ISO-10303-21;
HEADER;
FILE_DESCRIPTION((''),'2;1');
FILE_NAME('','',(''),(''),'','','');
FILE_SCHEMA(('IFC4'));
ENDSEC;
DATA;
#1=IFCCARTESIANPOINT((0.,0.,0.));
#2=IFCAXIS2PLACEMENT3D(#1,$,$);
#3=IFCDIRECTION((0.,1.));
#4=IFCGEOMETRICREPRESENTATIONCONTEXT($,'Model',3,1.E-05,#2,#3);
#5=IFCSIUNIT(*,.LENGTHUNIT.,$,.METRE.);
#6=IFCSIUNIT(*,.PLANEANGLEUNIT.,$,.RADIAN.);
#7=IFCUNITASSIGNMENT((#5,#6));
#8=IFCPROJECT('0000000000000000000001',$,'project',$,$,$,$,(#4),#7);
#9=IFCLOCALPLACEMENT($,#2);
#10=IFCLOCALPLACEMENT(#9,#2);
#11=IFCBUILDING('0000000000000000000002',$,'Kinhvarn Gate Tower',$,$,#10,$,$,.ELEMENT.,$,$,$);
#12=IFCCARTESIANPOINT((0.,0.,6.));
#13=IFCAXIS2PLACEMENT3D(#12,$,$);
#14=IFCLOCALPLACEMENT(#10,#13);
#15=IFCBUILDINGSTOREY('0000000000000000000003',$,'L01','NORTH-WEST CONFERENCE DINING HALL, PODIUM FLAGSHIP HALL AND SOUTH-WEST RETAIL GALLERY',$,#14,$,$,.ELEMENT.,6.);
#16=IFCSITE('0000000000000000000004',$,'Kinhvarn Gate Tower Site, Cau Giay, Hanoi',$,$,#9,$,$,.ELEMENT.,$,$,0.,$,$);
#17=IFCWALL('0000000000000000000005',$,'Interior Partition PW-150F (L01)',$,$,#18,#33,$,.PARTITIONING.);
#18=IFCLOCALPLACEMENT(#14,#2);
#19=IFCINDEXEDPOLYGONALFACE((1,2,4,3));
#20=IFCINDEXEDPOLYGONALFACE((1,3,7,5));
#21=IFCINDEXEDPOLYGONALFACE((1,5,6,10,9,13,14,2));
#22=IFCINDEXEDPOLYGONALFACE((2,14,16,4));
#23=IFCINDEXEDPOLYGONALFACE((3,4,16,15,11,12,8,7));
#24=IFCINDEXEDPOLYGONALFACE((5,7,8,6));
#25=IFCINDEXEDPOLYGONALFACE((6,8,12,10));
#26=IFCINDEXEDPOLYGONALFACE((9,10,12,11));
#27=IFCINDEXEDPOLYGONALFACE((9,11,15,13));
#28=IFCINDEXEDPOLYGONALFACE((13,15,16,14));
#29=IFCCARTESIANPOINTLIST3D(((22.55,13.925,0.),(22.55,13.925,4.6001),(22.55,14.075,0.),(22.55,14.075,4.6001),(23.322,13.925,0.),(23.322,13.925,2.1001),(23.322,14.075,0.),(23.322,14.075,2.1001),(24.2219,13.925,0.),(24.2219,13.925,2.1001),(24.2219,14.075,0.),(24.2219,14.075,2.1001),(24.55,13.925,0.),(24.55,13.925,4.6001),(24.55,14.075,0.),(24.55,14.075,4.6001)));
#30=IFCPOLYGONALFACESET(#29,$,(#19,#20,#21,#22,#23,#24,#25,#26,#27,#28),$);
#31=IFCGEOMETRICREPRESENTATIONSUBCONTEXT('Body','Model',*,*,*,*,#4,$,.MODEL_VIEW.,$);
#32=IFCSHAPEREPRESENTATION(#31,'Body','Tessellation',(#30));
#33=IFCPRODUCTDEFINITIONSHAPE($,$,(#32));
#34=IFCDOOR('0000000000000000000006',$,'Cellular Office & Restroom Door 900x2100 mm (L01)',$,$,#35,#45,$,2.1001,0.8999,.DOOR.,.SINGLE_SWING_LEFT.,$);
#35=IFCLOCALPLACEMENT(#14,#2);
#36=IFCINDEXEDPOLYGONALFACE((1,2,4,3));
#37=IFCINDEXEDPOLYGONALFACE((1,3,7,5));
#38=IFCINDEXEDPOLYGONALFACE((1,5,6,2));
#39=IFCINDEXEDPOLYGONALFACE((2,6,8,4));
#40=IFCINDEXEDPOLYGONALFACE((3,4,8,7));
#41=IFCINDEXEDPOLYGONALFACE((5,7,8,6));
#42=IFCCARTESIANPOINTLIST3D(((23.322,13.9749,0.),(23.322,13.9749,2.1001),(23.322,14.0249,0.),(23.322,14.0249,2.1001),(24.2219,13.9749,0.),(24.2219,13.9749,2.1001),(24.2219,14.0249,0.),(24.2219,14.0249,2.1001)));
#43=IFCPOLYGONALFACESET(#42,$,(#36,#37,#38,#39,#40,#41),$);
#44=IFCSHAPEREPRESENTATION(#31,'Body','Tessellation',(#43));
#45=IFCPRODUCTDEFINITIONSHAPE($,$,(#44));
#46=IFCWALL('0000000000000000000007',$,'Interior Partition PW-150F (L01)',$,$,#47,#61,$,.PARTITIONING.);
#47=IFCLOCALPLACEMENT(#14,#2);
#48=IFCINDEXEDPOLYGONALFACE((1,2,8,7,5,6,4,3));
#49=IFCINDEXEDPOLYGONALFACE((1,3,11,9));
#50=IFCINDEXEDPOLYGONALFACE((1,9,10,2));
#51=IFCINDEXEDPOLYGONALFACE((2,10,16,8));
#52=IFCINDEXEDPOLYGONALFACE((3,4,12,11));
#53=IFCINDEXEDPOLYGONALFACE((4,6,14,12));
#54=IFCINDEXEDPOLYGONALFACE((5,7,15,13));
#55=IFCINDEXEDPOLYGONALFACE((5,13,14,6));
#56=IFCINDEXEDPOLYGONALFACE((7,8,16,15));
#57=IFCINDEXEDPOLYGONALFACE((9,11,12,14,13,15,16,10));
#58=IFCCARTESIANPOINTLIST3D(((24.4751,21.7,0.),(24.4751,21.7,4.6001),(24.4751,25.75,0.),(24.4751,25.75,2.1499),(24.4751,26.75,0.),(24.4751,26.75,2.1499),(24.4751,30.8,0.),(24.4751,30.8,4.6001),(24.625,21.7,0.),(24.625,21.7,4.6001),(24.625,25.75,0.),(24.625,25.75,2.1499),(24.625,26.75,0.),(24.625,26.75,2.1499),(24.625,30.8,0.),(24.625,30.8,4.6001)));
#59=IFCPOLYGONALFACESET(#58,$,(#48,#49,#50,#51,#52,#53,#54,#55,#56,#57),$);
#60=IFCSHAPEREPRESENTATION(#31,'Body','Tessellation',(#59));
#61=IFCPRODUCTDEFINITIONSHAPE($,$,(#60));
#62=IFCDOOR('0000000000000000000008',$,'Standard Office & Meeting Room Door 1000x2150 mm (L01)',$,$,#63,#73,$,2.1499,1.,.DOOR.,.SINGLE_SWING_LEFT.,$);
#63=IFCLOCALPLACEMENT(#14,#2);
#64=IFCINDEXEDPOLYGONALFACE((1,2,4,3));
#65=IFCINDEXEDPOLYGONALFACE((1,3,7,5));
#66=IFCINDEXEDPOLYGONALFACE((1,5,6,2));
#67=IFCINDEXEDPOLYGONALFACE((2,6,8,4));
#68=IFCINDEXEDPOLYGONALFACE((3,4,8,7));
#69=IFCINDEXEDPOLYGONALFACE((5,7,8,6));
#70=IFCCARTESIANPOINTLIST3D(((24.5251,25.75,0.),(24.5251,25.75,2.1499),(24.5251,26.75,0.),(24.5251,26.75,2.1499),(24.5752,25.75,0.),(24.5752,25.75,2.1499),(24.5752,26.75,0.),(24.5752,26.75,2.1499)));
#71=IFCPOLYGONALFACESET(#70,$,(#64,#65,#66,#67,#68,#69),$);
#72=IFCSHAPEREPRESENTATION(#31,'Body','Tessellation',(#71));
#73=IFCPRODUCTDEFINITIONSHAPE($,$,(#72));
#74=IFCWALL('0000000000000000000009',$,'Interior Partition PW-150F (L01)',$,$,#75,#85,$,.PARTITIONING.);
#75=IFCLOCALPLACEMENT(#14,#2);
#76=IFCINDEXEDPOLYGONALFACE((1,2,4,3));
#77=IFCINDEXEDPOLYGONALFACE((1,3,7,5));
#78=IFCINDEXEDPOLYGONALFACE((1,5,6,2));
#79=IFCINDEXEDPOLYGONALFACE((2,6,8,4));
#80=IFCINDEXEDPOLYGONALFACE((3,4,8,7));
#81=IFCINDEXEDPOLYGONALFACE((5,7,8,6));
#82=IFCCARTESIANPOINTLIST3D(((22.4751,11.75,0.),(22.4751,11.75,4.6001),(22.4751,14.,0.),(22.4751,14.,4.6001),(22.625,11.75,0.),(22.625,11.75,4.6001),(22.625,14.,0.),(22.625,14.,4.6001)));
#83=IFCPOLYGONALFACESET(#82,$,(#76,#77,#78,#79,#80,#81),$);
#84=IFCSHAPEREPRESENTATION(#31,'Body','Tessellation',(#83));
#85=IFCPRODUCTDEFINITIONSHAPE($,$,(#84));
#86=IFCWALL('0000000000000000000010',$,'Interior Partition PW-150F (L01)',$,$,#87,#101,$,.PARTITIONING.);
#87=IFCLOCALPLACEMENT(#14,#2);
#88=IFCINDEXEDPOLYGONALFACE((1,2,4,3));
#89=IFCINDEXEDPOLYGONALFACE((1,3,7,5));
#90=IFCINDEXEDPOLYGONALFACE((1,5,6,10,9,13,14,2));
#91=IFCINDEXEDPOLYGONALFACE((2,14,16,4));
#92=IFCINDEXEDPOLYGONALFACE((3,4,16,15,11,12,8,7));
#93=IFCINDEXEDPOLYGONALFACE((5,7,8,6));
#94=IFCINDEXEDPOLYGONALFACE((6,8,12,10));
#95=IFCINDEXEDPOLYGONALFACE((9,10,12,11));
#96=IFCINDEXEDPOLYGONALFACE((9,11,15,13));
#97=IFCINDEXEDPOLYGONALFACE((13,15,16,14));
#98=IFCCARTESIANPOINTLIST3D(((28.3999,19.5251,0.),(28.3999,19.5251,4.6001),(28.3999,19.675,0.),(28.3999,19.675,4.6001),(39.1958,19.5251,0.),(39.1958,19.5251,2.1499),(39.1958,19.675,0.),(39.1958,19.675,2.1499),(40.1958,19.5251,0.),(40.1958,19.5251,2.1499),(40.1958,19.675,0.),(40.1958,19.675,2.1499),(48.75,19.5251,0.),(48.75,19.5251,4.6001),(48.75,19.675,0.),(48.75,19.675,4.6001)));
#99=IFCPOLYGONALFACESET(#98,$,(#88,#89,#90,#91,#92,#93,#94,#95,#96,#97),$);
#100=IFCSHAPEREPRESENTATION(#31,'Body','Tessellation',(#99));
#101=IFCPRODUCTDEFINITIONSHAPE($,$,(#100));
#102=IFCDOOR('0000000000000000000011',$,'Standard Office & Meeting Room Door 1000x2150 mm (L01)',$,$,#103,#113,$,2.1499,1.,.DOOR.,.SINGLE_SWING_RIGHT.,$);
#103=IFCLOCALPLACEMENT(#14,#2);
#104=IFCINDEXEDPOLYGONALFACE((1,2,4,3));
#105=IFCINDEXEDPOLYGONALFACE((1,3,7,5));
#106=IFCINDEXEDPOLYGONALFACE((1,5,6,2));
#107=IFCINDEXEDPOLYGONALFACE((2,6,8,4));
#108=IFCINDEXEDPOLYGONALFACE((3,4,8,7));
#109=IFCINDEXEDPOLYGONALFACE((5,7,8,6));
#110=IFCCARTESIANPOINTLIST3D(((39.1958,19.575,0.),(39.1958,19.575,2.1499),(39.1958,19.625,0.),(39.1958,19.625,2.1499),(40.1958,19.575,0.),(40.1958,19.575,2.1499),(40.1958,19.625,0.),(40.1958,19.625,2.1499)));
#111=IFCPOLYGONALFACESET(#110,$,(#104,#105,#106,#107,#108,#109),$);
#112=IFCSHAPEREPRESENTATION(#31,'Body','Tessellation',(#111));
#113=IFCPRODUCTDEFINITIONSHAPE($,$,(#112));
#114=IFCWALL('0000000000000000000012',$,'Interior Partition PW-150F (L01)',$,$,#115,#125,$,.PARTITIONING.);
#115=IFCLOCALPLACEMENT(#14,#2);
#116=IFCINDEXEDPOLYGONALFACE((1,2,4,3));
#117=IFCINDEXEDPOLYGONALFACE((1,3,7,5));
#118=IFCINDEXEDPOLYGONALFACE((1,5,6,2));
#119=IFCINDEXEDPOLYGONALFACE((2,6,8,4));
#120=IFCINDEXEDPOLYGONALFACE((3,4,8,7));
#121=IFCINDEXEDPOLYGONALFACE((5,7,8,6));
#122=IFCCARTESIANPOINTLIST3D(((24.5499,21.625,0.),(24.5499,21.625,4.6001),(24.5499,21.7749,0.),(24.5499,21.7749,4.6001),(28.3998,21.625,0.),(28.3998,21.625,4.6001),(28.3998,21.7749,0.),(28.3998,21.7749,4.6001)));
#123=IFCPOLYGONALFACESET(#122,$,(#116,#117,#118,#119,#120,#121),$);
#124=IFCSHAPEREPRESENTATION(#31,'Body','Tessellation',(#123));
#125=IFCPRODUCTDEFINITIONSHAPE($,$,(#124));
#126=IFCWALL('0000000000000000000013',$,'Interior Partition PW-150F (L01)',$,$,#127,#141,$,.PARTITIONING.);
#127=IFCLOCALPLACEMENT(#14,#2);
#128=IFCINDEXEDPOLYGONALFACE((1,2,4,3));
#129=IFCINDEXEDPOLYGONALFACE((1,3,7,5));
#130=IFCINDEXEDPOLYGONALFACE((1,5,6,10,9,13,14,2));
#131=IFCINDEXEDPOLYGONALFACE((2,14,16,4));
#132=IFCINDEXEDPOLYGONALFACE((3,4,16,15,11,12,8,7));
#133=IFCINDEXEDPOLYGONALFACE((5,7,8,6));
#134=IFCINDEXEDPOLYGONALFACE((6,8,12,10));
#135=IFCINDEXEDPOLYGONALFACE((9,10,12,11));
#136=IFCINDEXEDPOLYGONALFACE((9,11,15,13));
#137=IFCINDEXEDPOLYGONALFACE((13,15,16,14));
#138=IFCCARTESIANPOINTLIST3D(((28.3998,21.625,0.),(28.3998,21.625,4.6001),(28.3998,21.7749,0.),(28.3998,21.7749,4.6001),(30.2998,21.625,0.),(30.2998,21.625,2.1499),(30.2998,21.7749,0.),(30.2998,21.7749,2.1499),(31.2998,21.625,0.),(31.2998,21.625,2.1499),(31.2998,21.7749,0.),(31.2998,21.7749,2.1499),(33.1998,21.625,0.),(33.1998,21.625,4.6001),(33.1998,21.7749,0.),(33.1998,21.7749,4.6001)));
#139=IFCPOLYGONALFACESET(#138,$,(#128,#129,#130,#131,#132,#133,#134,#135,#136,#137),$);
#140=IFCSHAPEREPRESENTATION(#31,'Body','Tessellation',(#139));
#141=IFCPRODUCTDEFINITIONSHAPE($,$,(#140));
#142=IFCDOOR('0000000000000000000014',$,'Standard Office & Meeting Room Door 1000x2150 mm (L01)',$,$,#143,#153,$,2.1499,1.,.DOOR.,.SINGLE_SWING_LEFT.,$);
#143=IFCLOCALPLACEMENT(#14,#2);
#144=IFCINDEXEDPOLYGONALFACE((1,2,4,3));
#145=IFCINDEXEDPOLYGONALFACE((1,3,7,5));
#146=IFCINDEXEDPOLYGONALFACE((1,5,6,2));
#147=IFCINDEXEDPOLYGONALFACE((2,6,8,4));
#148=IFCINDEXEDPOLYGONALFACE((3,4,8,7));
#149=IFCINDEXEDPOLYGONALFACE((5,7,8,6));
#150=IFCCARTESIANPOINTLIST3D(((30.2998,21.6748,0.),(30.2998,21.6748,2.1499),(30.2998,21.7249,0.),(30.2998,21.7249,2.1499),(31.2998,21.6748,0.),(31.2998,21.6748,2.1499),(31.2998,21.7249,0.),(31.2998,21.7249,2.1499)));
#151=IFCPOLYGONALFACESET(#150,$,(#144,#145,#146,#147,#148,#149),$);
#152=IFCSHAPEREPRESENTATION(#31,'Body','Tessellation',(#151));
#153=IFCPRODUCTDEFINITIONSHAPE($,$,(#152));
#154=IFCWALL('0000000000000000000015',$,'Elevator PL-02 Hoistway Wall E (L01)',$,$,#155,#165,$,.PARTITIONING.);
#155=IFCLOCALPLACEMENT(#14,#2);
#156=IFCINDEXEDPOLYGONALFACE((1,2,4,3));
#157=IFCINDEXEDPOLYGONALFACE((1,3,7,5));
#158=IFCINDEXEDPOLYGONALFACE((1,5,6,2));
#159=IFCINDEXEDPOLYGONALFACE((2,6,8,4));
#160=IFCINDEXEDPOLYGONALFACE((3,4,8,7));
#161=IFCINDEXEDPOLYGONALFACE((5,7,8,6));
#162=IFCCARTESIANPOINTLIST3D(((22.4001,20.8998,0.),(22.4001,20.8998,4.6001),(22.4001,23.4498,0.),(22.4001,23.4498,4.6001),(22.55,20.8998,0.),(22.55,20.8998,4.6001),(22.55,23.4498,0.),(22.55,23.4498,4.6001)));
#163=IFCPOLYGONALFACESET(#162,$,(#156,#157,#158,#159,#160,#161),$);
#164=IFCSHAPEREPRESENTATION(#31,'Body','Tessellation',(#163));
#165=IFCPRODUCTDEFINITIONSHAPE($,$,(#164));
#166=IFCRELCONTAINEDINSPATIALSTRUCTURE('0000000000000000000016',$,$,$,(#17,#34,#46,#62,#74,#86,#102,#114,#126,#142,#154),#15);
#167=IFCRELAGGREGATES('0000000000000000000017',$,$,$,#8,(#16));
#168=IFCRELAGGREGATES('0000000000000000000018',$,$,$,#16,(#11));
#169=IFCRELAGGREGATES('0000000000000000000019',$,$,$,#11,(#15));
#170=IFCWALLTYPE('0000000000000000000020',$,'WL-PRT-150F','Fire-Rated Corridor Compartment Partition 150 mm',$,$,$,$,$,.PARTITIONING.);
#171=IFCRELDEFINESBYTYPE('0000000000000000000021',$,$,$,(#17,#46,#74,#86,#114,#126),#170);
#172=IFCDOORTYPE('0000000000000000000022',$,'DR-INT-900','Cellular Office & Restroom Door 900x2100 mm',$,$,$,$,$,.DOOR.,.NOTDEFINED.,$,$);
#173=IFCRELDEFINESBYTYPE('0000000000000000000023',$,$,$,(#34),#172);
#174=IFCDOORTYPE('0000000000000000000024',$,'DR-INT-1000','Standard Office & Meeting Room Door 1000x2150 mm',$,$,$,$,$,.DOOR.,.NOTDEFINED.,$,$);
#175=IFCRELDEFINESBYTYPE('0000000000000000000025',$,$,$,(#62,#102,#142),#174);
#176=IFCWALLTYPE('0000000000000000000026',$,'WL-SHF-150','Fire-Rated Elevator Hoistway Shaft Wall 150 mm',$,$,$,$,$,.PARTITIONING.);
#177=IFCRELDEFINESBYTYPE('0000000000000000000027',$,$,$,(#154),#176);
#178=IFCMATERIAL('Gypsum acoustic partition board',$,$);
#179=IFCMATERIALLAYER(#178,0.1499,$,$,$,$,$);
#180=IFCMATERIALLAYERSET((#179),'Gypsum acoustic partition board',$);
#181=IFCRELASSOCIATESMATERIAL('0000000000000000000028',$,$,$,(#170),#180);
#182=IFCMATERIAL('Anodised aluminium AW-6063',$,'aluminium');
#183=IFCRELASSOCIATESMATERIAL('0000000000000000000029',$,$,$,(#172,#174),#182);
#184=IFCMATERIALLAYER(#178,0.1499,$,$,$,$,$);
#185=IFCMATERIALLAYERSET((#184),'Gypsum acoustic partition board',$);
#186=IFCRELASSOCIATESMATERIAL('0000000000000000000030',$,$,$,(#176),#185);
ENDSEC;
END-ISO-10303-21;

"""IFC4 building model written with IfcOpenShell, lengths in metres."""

from ifc_helpers import new_model, si_unit, direction, frame, frame_2d, origin, place, context, subcontext, project, spatial, rectangle, extrude, material, layer, layer_set, type_object, element, fill, save


model = new_model("IFC4")

# Units and contexts
model_context = context("Model", 3, precision=1e-05, world=origin(), true_north=direction((0.0, 1.0)))
body_context = subcontext(model_context, "Body", "Model", "MODEL_VIEW")
ifc_project = project(units=[si_unit("LENGTHUNIT", "METRE"), si_unit("PLANEANGLEUNIT", "RADIAN")], contexts=[model_context])

# Site, building, storey
site_placement = place(None, origin())
site = spatial("IfcSite", under=ifc_project, at=site_placement, Name="Kinhvarn Gate Tower Site, Cau Giay, Hanoi", CompositionType="ELEMENT", RefElevation=0.0)
building_placement = place(site_placement, origin())
building = spatial("IfcBuilding", under=site, at=building_placement, Name="Kinhvarn Gate Tower", CompositionType="ELEMENT")
storey_placement = place(building_placement, frame((0.0, 0.0, 6.0)))
storey = spatial("IfcBuildingStorey", under=building, at=storey_placement, Name="L01", Description="NORTH-WEST CONFERENCE DINING HALL, PODIUM FLAGSHIP HALL AND SOUTH-WEST RETAIL GALLERY", CompositionType="ELEMENT", Elevation=6.0)

# Shared definitions
ifc_material_1 = material(Name="Anodised aluminium AW-6063", Category="aluminium")

# Shared definitions
ifc_material_2 = material(Name="Gypsum acoustic partition board")

# Walls, openings, doors
ifc_layer_1 = layer(ifc_material_2, 0.1499)
ifc_layer_set_1 = layer_set([ifc_layer_1], Name="Gypsum acoustic partition board")
wall_type_1 = type_object("IfcWallType", Name="WL-PRT-150F", Description="Fire-Rated Corridor Compartment Partition 150 mm", PredefinedType="PARTITIONING", material=ifc_layer_set_1)
wall_1_placement = place(storey_placement, frame((22.55, 14.0, 0.0), z_axis=(0.0, 0.0, 1.0), x_axis=(1.0, 0.0, 0.0)))
wall_1 = element("IfcWall", 1, at=wall_1_placement, inside=storey, type_object=wall_type_1, Name="Interior Partition PW-150F (L01)", PredefinedType="PARTITIONING", context=body_context, shape_type="SweptSolid", body=[
    extrude(rectangle(XDim=2.0, YDim=0.1499, at=frame_2d((1.0, 0.0))), origin(), (0.0, 0.0, 1.0), 4.6001),
])
opening_1_placement = place(wall_1_placement, frame((0.772, 0.0, 0.0)))
opening_1 = element("IfcOpeningElement", 2, at=opening_1_placement, cuts=wall_1, PredefinedType="OPENING", context=body_context, shape_type="SweptSolid", body=[
    extrude(rectangle(XDim=0.8999, YDim=2.1001, at=frame_2d((0.45, 1.05))), frame((0.0, 0.085, 0.0), z_axis=(0.0, -1.0, 0.0), x_axis=(1.0, 0.0, 0.0)), (0.0, 0.0, 1.0), 0.1699),
])
door_type_1 = type_object("IfcDoorType", Name="DR-INT-900", Description="Cellular Office & Restroom Door 900x2100 mm", OperationType="NOTDEFINED", PredefinedType="DOOR", material=ifc_material_1)
door_1_placement = place(opening_1_placement, origin())
door_1 = element("IfcDoor", 3, at=door_1_placement, inside=storey, type_object=door_type_1, Name="Cellular Office & Restroom Door 900x2100 mm (L01)", OperationType="SINGLE_SWING_LEFT", OverallHeight=2.1001, OverallWidth=0.8999, PredefinedType="DOOR", context=body_context, shape_type="SweptSolid", body=[
    extrude(rectangle(XDim=0.8999, YDim=2.1001, at=frame_2d((0.45, 1.05))), frame((0.0, 0.0249, 0.0), z_axis=(0.0, -1.0, 0.0), x_axis=(1.0, 0.0, 0.0)), (0.0, 0.0, 1.0), 0.05),
])
fill(opening_1, door_1)
wall_2_placement = place(storey_placement, frame((24.55, 21.7, 0.0), z_axis=(0.0, 0.0, 1.0), x_axis=(0.0, 1.0, 0.0)))
wall_2 = element("IfcWall", 4, at=wall_2_placement, inside=storey, type_object=wall_type_1, Name="Interior Partition PW-150F (L01)", PredefinedType="PARTITIONING", context=body_context, shape_type="SweptSolid", body=[
    extrude(rectangle(XDim=9.1001, YDim=0.1499, at=frame_2d((4.55, 0.0))), origin(), (0.0, 0.0, 1.0), 4.6001),
])
opening_2_placement = place(wall_2_placement, frame((4.05, 0.0, 0.0)))
opening_2 = element("IfcOpeningElement", 5, at=opening_2_placement, cuts=wall_2, PredefinedType="OPENING", context=body_context, shape_type="SweptSolid", body=[
    extrude(rectangle(XDim=1.0, YDim=2.1499, at=frame_2d((0.5, 1.075))), frame((0.0, 0.085, 0.0), z_axis=(0.0, -1.0, 0.0), x_axis=(1.0, 0.0, 0.0)), (0.0, 0.0, 1.0), 0.1699),
])
door_type_2 = type_object("IfcDoorType", Name="DR-INT-1000", Description="Standard Office & Meeting Room Door 1000x2150 mm", OperationType="NOTDEFINED", PredefinedType="DOOR", material=ifc_material_1)
door_2_placement = place(opening_2_placement, origin())
door_2 = element("IfcDoor", 6, at=door_2_placement, inside=storey, type_object=door_type_2, Name="Standard Office & Meeting Room Door 1000x2150 mm (L01)", OperationType="SINGLE_SWING_LEFT", OverallHeight=2.1499, OverallWidth=1.0, PredefinedType="DOOR", context=body_context, shape_type="SweptSolid", body=[
    extrude(rectangle(XDim=1.0, YDim=2.1499, at=frame_2d((0.5, 1.075))), frame((0.0, 0.0249, 0.0), z_axis=(0.0, -1.0, 0.0), x_axis=(1.0, 0.0, 0.0)), (0.0, 0.0, 1.0), 0.05),
])
fill(opening_2, door_2)

# Wall
wall_3_placement = place(storey_placement, frame((22.55, 11.75, 0.0), z_axis=(0.0, 0.0, 1.0), x_axis=(0.0, 1.0, 0.0)))
element("IfcWall", 7, at=wall_3_placement, inside=storey, type_object=wall_type_1, Name="Interior Partition PW-150F (L01)", PredefinedType="PARTITIONING", context=body_context, shape_type="SweptSolid", body=[
    extrude(rectangle(XDim=2.25, YDim=0.1499, at=frame_2d((1.125, 0.0))), origin(), (0.0, 0.0, 1.0), 4.6001),
])

# Wall, opening, door
wall_4_placement = place(storey_placement, frame((28.3999, 19.6001, 0.0), z_axis=(0.0, 0.0, 1.0), x_axis=(1.0, 0.0, 0.0)))
wall_4 = element("IfcWall", 8, at=wall_4_placement, inside=storey, type_object=wall_type_1, Name="Interior Partition PW-150F (L01)", PredefinedType="PARTITIONING", context=body_context, shape_type="SweptSolid", body=[
    extrude(rectangle(XDim=20.3501, YDim=0.1499, at=frame_2d((10.175, 0.0))), origin(), (0.0, 0.0, 1.0), 4.6001),
])
opening_3_placement = place(wall_4_placement, frame((10.7959, 0.0, 0.0)))
opening_3 = element("IfcOpeningElement", 9, at=opening_3_placement, cuts=wall_4, PredefinedType="OPENING", context=body_context, shape_type="SweptSolid", body=[
    extrude(rectangle(XDim=1.0, YDim=2.1499, at=frame_2d((0.5, 1.075))), frame((0.0, 0.085, 0.0), z_axis=(0.0, -1.0, 0.0), x_axis=(1.0, 0.0, 0.0)), (0.0, 0.0, 1.0), 0.1699),
])
door_3_placement = place(opening_3_placement, origin())
door_3 = element("IfcDoor", 10, at=door_3_placement, inside=storey, type_object=door_type_2, Name="Standard Office & Meeting Room Door 1000x2150 mm (L01)", OperationType="SINGLE_SWING_RIGHT", OverallHeight=2.1499, OverallWidth=1.0, PredefinedType="DOOR", context=body_context, shape_type="SweptSolid", body=[
    extrude(rectangle(XDim=1.0, YDim=2.1499, at=frame_2d((0.5, 1.075))), frame((0.0, 0.0249, 0.0), z_axis=(0.0, -1.0, 0.0), x_axis=(1.0, 0.0, 0.0)), (0.0, 0.0, 1.0), 0.05),
])
fill(opening_3, door_3)

# Wall
wall_5_placement = place(storey_placement, frame((24.55, 21.7, 0.0), z_axis=(0.0, 0.0, 1.0), x_axis=(1.0, 0.0, 0.0)))
element("IfcWall", 11, at=wall_5_placement, inside=storey, type_object=wall_type_1, Name="Interior Partition PW-150F (L01)", PredefinedType="PARTITIONING", context=body_context, shape_type="SweptSolid", body=[
    extrude(rectangle(XDim=3.8499, YDim=0.1499, at=frame_2d((1.9248, 0.0))), origin(), (0.0, 0.0, 1.0), 4.6001),
])

# Wall, opening, door
wall_6_placement = place(storey_placement, frame((28.3999, 21.7, 0.0), z_axis=(0.0, 0.0, 1.0), x_axis=(1.0, 0.0, 0.0)))
wall_6 = element("IfcWall", 12, at=wall_6_placement, inside=storey, type_object=wall_type_1, Name="Interior Partition PW-150F (L01)", PredefinedType="PARTITIONING", context=body_context, shape_type="SweptSolid", body=[
    extrude(rectangle(XDim=4.8, YDim=0.1499, at=frame_2d((2.3999, 0.0))), origin(), (0.0, 0.0, 1.0), 4.6001),
])
opening_4_placement = place(wall_6_placement, frame((1.8999, 0.0, 0.0)))
opening_4 = element("IfcOpeningElement", 13, at=opening_4_placement, cuts=wall_6, PredefinedType="OPENING", context=body_context, shape_type="SweptSolid", body=[
    extrude(rectangle(XDim=1.0, YDim=2.1499, at=frame_2d((0.5, 1.075))), frame((0.0, 0.085, 0.0), z_axis=(0.0, -1.0, 0.0), x_axis=(1.0, 0.0, 0.0)), (0.0, 0.0, 1.0), 0.1699),
])
door_4_placement = place(opening_4_placement, origin())
door_4 = element("IfcDoor", 14, at=door_4_placement, inside=storey, type_object=door_type_2, Name="Standard Office & Meeting Room Door 1000x2150 mm (L01)", OperationType="SINGLE_SWING_LEFT", OverallHeight=2.1499, OverallWidth=1.0, PredefinedType="DOOR", context=body_context, shape_type="SweptSolid", body=[
    extrude(rectangle(XDim=1.0, YDim=2.1499, at=frame_2d((0.5, 1.075))), frame((0.0, 0.0249, 0.0), z_axis=(0.0, -1.0, 0.0), x_axis=(1.0, 0.0, 0.0)), (0.0, 0.0, 1.0), 0.05),
])
fill(opening_4, door_4)

# Wall
ifc_layer_2 = layer(ifc_material_2, 0.1499)
ifc_layer_set_2 = layer_set([ifc_layer_2], Name="Gypsum acoustic partition board")
wall_type_2 = type_object("IfcWallType", Name="WL-SHF-150", Description="Fire-Rated Elevator Hoistway Shaft Wall 150 mm", PredefinedType="PARTITIONING", material=ifc_layer_set_2)
wall_7_placement = place(storey_placement, frame((22.4751, 20.8999, 0.0), z_axis=(0.0, 0.0, 1.0), x_axis=(0.0, 1.0, 0.0)))
element("IfcWall", 15, at=wall_7_placement, inside=storey, type_object=wall_type_2, Name="Elevator PL-02 Hoistway Wall E (L01)", PredefinedType="PARTITIONING", context=body_context, shape_type="SweptSolid", body=[
    extrude(rectangle(XDim=2.55, YDim=0.1499, at=frame_2d((1.2749, 0.0))), origin(), (0.0, 0.0, 1.0), 4.6001),
])

save(model, "model.ifc")
